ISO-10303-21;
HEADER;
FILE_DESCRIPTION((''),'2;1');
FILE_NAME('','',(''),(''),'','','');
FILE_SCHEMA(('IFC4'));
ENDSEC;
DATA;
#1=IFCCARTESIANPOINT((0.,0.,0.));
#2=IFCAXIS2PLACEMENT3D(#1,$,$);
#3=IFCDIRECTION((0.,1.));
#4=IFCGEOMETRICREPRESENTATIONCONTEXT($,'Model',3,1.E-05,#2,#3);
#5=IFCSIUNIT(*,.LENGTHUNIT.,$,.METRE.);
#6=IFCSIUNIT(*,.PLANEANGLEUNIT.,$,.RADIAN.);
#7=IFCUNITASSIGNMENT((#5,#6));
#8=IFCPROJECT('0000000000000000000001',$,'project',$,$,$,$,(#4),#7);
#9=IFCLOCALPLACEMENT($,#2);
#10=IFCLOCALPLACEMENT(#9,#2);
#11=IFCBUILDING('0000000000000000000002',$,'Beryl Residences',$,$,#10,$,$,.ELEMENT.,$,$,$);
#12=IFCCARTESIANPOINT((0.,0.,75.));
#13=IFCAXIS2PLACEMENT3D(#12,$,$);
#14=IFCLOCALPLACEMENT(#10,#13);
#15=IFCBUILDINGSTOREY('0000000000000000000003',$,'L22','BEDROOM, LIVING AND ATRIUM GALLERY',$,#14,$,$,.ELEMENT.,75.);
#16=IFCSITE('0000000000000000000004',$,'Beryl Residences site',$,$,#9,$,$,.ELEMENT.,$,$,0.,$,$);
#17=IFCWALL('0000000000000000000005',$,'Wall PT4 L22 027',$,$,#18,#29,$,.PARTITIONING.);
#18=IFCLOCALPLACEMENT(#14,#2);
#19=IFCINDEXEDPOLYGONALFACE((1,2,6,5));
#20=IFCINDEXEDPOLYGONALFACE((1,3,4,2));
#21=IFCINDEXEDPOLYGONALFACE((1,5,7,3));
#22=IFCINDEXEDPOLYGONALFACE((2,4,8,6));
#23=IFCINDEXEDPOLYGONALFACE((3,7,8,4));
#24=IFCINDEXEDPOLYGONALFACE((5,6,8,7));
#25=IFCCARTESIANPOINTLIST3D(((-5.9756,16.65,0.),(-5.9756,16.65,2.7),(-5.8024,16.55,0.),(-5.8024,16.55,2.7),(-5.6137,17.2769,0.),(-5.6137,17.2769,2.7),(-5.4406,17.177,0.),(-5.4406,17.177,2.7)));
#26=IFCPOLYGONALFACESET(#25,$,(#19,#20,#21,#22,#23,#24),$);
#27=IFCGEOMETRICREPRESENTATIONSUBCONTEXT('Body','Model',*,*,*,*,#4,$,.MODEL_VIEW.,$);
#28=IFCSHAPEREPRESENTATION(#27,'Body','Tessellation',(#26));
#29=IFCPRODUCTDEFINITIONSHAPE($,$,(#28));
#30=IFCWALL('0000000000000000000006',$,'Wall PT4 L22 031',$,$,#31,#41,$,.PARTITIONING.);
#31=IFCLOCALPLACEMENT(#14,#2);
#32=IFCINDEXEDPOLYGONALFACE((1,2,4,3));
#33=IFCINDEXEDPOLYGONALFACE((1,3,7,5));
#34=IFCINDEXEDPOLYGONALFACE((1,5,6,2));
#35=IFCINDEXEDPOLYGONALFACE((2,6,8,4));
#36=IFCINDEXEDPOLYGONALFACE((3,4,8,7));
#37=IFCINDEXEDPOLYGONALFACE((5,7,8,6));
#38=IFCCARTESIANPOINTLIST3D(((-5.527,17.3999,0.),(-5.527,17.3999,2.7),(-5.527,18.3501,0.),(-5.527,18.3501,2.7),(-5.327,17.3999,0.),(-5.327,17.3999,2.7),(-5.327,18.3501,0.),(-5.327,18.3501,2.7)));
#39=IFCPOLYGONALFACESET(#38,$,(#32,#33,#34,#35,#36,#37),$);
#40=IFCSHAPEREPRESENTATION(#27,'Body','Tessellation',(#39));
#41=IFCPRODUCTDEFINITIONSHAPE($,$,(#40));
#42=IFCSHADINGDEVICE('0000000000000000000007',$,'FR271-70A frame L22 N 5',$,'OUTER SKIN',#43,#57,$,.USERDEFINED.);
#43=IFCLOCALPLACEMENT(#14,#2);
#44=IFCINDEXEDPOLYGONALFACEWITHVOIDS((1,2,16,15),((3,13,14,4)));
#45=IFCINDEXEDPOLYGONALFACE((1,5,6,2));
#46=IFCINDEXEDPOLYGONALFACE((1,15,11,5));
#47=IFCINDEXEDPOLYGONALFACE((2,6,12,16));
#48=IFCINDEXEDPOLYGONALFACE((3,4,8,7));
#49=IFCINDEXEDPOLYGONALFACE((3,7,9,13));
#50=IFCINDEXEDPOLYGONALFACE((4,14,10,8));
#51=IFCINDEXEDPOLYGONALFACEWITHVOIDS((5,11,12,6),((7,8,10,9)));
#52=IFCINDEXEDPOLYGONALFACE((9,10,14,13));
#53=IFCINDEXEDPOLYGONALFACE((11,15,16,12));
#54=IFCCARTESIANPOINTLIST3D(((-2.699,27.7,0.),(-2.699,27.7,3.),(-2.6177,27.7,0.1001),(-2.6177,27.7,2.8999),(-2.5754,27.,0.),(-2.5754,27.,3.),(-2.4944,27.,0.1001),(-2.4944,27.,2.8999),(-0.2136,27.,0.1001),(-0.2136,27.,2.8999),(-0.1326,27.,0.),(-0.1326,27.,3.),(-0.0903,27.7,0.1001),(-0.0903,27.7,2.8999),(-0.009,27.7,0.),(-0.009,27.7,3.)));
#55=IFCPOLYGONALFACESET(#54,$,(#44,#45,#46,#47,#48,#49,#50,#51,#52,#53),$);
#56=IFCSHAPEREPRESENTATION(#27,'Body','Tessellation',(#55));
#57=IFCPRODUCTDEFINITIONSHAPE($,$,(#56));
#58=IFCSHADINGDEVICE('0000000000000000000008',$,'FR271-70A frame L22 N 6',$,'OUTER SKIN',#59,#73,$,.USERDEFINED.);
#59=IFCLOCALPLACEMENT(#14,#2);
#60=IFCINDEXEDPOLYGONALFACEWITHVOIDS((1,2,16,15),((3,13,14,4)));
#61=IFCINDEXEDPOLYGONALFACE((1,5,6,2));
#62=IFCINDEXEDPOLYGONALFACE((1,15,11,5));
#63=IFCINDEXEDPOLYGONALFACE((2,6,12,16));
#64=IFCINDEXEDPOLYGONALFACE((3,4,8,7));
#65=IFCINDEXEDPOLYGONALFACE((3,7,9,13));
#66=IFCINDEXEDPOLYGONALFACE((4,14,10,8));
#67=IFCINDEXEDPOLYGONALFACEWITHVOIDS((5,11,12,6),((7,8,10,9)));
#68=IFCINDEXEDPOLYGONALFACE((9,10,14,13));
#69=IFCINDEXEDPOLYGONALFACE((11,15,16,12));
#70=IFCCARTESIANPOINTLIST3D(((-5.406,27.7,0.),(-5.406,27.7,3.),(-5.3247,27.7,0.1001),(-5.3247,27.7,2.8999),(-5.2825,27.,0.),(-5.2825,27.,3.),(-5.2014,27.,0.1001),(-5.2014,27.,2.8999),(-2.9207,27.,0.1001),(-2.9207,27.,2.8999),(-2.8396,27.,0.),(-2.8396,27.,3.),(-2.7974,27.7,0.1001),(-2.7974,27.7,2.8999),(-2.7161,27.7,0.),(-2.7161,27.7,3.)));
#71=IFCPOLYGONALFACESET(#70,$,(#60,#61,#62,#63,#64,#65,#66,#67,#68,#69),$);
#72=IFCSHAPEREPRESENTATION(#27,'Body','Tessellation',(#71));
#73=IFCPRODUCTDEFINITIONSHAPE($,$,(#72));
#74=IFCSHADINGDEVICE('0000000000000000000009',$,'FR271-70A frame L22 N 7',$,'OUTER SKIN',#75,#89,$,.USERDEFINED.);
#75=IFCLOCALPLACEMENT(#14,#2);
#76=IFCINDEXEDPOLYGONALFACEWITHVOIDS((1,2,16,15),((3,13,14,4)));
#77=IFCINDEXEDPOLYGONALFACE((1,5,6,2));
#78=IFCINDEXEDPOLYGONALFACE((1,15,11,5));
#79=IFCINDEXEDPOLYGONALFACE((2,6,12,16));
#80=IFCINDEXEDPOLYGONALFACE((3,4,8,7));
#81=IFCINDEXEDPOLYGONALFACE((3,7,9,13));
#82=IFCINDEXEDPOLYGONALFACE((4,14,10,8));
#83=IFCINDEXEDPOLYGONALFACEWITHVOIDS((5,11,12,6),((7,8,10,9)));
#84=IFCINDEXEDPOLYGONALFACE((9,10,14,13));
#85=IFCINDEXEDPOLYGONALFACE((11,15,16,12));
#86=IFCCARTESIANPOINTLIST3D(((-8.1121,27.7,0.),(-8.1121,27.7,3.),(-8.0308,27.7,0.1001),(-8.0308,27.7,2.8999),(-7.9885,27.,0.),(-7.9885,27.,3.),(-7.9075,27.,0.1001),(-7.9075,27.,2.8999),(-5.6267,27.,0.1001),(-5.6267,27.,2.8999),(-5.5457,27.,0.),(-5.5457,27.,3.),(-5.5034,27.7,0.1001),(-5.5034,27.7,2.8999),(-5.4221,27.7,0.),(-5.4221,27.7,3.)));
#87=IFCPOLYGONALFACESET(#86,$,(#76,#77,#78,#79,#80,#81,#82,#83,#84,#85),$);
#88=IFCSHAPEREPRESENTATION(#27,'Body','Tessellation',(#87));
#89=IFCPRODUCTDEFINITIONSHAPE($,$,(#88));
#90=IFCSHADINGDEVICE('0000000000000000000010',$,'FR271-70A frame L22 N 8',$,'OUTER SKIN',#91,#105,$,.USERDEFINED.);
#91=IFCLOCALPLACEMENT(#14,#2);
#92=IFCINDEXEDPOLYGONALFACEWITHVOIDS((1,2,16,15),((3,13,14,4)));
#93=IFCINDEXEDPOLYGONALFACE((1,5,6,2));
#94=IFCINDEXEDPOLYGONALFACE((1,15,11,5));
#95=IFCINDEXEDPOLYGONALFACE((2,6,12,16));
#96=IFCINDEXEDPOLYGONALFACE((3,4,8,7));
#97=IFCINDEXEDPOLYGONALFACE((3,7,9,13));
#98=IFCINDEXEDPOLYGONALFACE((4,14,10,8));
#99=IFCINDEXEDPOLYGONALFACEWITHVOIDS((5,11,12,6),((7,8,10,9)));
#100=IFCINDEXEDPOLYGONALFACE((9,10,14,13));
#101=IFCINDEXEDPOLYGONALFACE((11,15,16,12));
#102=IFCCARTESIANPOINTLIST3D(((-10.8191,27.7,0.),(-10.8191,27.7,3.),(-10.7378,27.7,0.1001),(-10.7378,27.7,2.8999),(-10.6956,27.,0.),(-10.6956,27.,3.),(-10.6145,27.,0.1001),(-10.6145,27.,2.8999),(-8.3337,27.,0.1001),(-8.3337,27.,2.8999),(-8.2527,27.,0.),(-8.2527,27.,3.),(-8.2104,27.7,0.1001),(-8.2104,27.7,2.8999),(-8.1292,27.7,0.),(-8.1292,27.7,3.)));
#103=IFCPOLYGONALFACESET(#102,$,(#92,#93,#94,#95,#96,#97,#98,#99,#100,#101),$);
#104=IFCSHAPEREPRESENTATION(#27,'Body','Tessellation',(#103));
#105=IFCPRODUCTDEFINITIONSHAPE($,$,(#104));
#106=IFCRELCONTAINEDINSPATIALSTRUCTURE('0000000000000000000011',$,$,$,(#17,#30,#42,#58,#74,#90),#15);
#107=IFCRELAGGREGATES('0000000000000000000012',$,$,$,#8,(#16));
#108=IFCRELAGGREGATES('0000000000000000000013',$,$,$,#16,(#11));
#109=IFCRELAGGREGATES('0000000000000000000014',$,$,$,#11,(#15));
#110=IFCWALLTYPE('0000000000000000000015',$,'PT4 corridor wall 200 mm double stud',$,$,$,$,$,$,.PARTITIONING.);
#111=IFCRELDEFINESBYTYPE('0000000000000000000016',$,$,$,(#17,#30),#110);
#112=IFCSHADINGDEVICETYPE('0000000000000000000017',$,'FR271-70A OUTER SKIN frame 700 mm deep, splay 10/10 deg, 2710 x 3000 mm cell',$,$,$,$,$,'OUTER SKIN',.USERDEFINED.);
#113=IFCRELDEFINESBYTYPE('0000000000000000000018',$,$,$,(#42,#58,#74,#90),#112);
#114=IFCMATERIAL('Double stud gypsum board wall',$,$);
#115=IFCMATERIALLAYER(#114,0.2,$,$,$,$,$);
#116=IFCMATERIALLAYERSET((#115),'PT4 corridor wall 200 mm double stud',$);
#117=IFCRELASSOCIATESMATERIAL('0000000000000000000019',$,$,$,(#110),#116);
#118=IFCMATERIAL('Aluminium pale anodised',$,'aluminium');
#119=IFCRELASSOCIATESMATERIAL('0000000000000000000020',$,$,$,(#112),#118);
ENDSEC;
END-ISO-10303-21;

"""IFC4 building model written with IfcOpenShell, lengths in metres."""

from ifc_helpers import new_model, entity, si_unit, direction, frame, frame_2d, origin, place, context, subcontext, project, spatial, rectangle, extrude, source, transform, mapped, material, layer, layer_set, type_object, type_shapes, element, save


model = new_model("IFC4")

# Units and contexts
model_context = context("Model", 3, precision=1e-05, world=origin(), true_north=direction((0.0, 1.0)))
body_context = subcontext(model_context, "Body", "Model", "MODEL_VIEW")
ifc_project = project(units=[si_unit("LENGTHUNIT", "METRE"), si_unit("PLANEANGLEUNIT", "RADIAN")], contexts=[model_context])

# Site, building, storey
site_placement = place(None, origin())
site = spatial("IfcSite", under=ifc_project, at=site_placement, Name="Beryl Residences site", CompositionType="ELEMENT", RefElevation=0.0)
building_placement = place(site_placement, origin())
building = spatial("IfcBuilding", under=site, at=building_placement, Name="Beryl Residences", CompositionType="ELEMENT")
storey_placement = place(building_placement, frame((0.0, 0.0, 75.0)))
storey = spatial("IfcBuildingStorey", under=building, at=storey_placement, Name="L22", Description="BEDROOM, LIVING AND ATRIUM GALLERY", CompositionType="ELEMENT", Elevation=75.0)

# Shared definitions
ifc_material_1 = material(Name="Double stud gypsum board wall")
ifc_layer_1 = layer(ifc_material_1, 0.2)
ifc_layer_set_1 = layer_set([ifc_layer_1], Name="PT4 corridor wall 200 mm double stud")
wall_type_1 = type_object("IfcWallType", Name="PT4 corridor wall 200 mm double stud", PredefinedType="PARTITIONING", material=ifc_layer_set_1)

# Walls
wall_1_placement = place(storey_placement, frame((-5.8889, 16.6001, 0.0), z_axis=(0.0, 0.0, 1.0), x_axis=(0.499839, 0.866118, 0.0)))
element("IfcWall", 1, at=wall_1_placement, inside=storey, type_object=wall_type_1, Name="Wall PT4 L22 027", PredefinedType="PARTITIONING", context=body_context, shape_type="SweptSolid", body=[
    extrude(rectangle(XDim=0.7239, YDim=0.2, at=frame_2d((0.3618, 0.0))), origin(), (0.0, 0.0, 1.0), 2.7),
])
wall_2_placement = place(storey_placement, frame((-5.427, 17.3999, 0.0), z_axis=(0.0, 0.0, 1.0), x_axis=(0.0, 1.0, 0.0)))
element("IfcWall", 2, at=wall_2_placement, inside=storey, type_object=wall_type_1, Name="Wall PT4 L22 031", PredefinedType="PARTITIONING", context=body_context, shape_type="SweptSolid", body=[
    extrude(rectangle(XDim=0.9502, YDim=0.2, at=frame_2d((0.4751, 0.0))), origin(), (0.0, 0.0, 1.0), 2.7),
])

# Shading devices
ifc_material_2 = material(Name="Aluminium pale anodised", Category="aluminium")
shading_device_type = type_object("IfcShadingDeviceType", Name="FR271-70A OUTER SKIN frame 700 mm deep, splay 10/10 deg, 2710 x 3000 mm cell", ElementType="OUTER SKIN", PredefinedType="USERDEFINED", material=ifc_material_2)
cartesian_point_1 = entity("IfcCartesianPoint", [-1.2214, 0.0])
cartesian_point_2 = entity("IfcCartesianPoint", [-1.1404, 0.1001])
cartesian_point_3 = entity("IfcCartesianPoint", [-1.345, 0.0])
cartesian_point_4 = entity("IfcCartesianPoint", [-1.2637, 0.1001])
shared_shape = source(origin(), body_context, "Body", "SweptSolid", [
    entity("IfcExtrudedAreaSolidTapered", entity("IfcArbitraryProfileDefWithVoids", "AREA", None, entity("IfcPolyline", [cartesian_point_1, entity("IfcCartesianPoint", [1.2214, 0.0]), entity("IfcCartesianPoint", [1.2214, 3.0]), entity("IfcCartesianPoint", [-1.2214, 3.0]), cartesian_point_1]), [entity("IfcPolyline", [cartesian_point_2, entity("IfcCartesianPoint", [1.1404, 0.1001]), entity("IfcCartesianPoint", [1.1404, 2.8999]), entity("IfcCartesianPoint", [-1.1404, 2.8999]), cartesian_point_2])]), entity("IfcAxis2Placement3D", entity("IfcCartesianPoint", [0.0, 0.0, 0.0]), entity("IfcDirection", [0.0, 1.0, 0.0]), entity("IfcDirection", [-1.0, 0.0, 0.0])), entity("IfcDirection", [0.0, 0.0, 1.0]), 0.7, entity("IfcArbitraryProfileDefWithVoids", "AREA", None, entity("IfcPolyline", [cartesian_point_3, entity("IfcCartesianPoint", [1.345, 0.0]), entity("IfcCartesianPoint", [1.345, 3.0]), entity("IfcCartesianPoint", [-1.345, 3.0]), cartesian_point_3]), [entity("IfcPolyline", [cartesian_point_4, entity("IfcCartesianPoint", [1.2637, 0.1001]), entity("IfcCartesianPoint", [1.2637, 2.8999]), entity("IfcCartesianPoint", [-1.2637, 2.8999]), cartesian_point_4])])),
])
type_shapes(shading_device_type, [shared_shape])
for number, where, z_axis, x_axis, name in (
    (3, (-1.354, 27.0, 0.0), (0.0, 0.0, 1.0), (1.0, 0.0, 0.0), "FR271-70A frame L22 N 5"),
    (4, (-4.061, 27.0, 0.0), (0.0, 0.0, 1.0), (1.0, 0.0, 0.0), "FR271-70A frame L22 N 6"),
    (5, (-6.7671, 27.0, 0.0), (0.0, 0.0, 1.0), (1.0, 0.0, 0.0), "FR271-70A frame L22 N 7"),
    (6, (-9.4741, 27.0, 0.0), (0.0, 0.0, 1.0), (1.0, 0.0, 0.0), "FR271-70A frame L22 N 8"),
):
    element("IfcShadingDevice", number, at=place(storey_placement, frame(where, z_axis=z_axis, x_axis=x_axis)), inside=storey, type_object=shading_device_type, Name=name, ObjectType="OUTER SKIN", PredefinedType="USERDEFINED", context=body_context, shape_type="MappedRepresentation", body=[
        mapped(shared_shape, transform((0.0, 0.0, 0.0))),
    ])

save(model, "model.ifc")
